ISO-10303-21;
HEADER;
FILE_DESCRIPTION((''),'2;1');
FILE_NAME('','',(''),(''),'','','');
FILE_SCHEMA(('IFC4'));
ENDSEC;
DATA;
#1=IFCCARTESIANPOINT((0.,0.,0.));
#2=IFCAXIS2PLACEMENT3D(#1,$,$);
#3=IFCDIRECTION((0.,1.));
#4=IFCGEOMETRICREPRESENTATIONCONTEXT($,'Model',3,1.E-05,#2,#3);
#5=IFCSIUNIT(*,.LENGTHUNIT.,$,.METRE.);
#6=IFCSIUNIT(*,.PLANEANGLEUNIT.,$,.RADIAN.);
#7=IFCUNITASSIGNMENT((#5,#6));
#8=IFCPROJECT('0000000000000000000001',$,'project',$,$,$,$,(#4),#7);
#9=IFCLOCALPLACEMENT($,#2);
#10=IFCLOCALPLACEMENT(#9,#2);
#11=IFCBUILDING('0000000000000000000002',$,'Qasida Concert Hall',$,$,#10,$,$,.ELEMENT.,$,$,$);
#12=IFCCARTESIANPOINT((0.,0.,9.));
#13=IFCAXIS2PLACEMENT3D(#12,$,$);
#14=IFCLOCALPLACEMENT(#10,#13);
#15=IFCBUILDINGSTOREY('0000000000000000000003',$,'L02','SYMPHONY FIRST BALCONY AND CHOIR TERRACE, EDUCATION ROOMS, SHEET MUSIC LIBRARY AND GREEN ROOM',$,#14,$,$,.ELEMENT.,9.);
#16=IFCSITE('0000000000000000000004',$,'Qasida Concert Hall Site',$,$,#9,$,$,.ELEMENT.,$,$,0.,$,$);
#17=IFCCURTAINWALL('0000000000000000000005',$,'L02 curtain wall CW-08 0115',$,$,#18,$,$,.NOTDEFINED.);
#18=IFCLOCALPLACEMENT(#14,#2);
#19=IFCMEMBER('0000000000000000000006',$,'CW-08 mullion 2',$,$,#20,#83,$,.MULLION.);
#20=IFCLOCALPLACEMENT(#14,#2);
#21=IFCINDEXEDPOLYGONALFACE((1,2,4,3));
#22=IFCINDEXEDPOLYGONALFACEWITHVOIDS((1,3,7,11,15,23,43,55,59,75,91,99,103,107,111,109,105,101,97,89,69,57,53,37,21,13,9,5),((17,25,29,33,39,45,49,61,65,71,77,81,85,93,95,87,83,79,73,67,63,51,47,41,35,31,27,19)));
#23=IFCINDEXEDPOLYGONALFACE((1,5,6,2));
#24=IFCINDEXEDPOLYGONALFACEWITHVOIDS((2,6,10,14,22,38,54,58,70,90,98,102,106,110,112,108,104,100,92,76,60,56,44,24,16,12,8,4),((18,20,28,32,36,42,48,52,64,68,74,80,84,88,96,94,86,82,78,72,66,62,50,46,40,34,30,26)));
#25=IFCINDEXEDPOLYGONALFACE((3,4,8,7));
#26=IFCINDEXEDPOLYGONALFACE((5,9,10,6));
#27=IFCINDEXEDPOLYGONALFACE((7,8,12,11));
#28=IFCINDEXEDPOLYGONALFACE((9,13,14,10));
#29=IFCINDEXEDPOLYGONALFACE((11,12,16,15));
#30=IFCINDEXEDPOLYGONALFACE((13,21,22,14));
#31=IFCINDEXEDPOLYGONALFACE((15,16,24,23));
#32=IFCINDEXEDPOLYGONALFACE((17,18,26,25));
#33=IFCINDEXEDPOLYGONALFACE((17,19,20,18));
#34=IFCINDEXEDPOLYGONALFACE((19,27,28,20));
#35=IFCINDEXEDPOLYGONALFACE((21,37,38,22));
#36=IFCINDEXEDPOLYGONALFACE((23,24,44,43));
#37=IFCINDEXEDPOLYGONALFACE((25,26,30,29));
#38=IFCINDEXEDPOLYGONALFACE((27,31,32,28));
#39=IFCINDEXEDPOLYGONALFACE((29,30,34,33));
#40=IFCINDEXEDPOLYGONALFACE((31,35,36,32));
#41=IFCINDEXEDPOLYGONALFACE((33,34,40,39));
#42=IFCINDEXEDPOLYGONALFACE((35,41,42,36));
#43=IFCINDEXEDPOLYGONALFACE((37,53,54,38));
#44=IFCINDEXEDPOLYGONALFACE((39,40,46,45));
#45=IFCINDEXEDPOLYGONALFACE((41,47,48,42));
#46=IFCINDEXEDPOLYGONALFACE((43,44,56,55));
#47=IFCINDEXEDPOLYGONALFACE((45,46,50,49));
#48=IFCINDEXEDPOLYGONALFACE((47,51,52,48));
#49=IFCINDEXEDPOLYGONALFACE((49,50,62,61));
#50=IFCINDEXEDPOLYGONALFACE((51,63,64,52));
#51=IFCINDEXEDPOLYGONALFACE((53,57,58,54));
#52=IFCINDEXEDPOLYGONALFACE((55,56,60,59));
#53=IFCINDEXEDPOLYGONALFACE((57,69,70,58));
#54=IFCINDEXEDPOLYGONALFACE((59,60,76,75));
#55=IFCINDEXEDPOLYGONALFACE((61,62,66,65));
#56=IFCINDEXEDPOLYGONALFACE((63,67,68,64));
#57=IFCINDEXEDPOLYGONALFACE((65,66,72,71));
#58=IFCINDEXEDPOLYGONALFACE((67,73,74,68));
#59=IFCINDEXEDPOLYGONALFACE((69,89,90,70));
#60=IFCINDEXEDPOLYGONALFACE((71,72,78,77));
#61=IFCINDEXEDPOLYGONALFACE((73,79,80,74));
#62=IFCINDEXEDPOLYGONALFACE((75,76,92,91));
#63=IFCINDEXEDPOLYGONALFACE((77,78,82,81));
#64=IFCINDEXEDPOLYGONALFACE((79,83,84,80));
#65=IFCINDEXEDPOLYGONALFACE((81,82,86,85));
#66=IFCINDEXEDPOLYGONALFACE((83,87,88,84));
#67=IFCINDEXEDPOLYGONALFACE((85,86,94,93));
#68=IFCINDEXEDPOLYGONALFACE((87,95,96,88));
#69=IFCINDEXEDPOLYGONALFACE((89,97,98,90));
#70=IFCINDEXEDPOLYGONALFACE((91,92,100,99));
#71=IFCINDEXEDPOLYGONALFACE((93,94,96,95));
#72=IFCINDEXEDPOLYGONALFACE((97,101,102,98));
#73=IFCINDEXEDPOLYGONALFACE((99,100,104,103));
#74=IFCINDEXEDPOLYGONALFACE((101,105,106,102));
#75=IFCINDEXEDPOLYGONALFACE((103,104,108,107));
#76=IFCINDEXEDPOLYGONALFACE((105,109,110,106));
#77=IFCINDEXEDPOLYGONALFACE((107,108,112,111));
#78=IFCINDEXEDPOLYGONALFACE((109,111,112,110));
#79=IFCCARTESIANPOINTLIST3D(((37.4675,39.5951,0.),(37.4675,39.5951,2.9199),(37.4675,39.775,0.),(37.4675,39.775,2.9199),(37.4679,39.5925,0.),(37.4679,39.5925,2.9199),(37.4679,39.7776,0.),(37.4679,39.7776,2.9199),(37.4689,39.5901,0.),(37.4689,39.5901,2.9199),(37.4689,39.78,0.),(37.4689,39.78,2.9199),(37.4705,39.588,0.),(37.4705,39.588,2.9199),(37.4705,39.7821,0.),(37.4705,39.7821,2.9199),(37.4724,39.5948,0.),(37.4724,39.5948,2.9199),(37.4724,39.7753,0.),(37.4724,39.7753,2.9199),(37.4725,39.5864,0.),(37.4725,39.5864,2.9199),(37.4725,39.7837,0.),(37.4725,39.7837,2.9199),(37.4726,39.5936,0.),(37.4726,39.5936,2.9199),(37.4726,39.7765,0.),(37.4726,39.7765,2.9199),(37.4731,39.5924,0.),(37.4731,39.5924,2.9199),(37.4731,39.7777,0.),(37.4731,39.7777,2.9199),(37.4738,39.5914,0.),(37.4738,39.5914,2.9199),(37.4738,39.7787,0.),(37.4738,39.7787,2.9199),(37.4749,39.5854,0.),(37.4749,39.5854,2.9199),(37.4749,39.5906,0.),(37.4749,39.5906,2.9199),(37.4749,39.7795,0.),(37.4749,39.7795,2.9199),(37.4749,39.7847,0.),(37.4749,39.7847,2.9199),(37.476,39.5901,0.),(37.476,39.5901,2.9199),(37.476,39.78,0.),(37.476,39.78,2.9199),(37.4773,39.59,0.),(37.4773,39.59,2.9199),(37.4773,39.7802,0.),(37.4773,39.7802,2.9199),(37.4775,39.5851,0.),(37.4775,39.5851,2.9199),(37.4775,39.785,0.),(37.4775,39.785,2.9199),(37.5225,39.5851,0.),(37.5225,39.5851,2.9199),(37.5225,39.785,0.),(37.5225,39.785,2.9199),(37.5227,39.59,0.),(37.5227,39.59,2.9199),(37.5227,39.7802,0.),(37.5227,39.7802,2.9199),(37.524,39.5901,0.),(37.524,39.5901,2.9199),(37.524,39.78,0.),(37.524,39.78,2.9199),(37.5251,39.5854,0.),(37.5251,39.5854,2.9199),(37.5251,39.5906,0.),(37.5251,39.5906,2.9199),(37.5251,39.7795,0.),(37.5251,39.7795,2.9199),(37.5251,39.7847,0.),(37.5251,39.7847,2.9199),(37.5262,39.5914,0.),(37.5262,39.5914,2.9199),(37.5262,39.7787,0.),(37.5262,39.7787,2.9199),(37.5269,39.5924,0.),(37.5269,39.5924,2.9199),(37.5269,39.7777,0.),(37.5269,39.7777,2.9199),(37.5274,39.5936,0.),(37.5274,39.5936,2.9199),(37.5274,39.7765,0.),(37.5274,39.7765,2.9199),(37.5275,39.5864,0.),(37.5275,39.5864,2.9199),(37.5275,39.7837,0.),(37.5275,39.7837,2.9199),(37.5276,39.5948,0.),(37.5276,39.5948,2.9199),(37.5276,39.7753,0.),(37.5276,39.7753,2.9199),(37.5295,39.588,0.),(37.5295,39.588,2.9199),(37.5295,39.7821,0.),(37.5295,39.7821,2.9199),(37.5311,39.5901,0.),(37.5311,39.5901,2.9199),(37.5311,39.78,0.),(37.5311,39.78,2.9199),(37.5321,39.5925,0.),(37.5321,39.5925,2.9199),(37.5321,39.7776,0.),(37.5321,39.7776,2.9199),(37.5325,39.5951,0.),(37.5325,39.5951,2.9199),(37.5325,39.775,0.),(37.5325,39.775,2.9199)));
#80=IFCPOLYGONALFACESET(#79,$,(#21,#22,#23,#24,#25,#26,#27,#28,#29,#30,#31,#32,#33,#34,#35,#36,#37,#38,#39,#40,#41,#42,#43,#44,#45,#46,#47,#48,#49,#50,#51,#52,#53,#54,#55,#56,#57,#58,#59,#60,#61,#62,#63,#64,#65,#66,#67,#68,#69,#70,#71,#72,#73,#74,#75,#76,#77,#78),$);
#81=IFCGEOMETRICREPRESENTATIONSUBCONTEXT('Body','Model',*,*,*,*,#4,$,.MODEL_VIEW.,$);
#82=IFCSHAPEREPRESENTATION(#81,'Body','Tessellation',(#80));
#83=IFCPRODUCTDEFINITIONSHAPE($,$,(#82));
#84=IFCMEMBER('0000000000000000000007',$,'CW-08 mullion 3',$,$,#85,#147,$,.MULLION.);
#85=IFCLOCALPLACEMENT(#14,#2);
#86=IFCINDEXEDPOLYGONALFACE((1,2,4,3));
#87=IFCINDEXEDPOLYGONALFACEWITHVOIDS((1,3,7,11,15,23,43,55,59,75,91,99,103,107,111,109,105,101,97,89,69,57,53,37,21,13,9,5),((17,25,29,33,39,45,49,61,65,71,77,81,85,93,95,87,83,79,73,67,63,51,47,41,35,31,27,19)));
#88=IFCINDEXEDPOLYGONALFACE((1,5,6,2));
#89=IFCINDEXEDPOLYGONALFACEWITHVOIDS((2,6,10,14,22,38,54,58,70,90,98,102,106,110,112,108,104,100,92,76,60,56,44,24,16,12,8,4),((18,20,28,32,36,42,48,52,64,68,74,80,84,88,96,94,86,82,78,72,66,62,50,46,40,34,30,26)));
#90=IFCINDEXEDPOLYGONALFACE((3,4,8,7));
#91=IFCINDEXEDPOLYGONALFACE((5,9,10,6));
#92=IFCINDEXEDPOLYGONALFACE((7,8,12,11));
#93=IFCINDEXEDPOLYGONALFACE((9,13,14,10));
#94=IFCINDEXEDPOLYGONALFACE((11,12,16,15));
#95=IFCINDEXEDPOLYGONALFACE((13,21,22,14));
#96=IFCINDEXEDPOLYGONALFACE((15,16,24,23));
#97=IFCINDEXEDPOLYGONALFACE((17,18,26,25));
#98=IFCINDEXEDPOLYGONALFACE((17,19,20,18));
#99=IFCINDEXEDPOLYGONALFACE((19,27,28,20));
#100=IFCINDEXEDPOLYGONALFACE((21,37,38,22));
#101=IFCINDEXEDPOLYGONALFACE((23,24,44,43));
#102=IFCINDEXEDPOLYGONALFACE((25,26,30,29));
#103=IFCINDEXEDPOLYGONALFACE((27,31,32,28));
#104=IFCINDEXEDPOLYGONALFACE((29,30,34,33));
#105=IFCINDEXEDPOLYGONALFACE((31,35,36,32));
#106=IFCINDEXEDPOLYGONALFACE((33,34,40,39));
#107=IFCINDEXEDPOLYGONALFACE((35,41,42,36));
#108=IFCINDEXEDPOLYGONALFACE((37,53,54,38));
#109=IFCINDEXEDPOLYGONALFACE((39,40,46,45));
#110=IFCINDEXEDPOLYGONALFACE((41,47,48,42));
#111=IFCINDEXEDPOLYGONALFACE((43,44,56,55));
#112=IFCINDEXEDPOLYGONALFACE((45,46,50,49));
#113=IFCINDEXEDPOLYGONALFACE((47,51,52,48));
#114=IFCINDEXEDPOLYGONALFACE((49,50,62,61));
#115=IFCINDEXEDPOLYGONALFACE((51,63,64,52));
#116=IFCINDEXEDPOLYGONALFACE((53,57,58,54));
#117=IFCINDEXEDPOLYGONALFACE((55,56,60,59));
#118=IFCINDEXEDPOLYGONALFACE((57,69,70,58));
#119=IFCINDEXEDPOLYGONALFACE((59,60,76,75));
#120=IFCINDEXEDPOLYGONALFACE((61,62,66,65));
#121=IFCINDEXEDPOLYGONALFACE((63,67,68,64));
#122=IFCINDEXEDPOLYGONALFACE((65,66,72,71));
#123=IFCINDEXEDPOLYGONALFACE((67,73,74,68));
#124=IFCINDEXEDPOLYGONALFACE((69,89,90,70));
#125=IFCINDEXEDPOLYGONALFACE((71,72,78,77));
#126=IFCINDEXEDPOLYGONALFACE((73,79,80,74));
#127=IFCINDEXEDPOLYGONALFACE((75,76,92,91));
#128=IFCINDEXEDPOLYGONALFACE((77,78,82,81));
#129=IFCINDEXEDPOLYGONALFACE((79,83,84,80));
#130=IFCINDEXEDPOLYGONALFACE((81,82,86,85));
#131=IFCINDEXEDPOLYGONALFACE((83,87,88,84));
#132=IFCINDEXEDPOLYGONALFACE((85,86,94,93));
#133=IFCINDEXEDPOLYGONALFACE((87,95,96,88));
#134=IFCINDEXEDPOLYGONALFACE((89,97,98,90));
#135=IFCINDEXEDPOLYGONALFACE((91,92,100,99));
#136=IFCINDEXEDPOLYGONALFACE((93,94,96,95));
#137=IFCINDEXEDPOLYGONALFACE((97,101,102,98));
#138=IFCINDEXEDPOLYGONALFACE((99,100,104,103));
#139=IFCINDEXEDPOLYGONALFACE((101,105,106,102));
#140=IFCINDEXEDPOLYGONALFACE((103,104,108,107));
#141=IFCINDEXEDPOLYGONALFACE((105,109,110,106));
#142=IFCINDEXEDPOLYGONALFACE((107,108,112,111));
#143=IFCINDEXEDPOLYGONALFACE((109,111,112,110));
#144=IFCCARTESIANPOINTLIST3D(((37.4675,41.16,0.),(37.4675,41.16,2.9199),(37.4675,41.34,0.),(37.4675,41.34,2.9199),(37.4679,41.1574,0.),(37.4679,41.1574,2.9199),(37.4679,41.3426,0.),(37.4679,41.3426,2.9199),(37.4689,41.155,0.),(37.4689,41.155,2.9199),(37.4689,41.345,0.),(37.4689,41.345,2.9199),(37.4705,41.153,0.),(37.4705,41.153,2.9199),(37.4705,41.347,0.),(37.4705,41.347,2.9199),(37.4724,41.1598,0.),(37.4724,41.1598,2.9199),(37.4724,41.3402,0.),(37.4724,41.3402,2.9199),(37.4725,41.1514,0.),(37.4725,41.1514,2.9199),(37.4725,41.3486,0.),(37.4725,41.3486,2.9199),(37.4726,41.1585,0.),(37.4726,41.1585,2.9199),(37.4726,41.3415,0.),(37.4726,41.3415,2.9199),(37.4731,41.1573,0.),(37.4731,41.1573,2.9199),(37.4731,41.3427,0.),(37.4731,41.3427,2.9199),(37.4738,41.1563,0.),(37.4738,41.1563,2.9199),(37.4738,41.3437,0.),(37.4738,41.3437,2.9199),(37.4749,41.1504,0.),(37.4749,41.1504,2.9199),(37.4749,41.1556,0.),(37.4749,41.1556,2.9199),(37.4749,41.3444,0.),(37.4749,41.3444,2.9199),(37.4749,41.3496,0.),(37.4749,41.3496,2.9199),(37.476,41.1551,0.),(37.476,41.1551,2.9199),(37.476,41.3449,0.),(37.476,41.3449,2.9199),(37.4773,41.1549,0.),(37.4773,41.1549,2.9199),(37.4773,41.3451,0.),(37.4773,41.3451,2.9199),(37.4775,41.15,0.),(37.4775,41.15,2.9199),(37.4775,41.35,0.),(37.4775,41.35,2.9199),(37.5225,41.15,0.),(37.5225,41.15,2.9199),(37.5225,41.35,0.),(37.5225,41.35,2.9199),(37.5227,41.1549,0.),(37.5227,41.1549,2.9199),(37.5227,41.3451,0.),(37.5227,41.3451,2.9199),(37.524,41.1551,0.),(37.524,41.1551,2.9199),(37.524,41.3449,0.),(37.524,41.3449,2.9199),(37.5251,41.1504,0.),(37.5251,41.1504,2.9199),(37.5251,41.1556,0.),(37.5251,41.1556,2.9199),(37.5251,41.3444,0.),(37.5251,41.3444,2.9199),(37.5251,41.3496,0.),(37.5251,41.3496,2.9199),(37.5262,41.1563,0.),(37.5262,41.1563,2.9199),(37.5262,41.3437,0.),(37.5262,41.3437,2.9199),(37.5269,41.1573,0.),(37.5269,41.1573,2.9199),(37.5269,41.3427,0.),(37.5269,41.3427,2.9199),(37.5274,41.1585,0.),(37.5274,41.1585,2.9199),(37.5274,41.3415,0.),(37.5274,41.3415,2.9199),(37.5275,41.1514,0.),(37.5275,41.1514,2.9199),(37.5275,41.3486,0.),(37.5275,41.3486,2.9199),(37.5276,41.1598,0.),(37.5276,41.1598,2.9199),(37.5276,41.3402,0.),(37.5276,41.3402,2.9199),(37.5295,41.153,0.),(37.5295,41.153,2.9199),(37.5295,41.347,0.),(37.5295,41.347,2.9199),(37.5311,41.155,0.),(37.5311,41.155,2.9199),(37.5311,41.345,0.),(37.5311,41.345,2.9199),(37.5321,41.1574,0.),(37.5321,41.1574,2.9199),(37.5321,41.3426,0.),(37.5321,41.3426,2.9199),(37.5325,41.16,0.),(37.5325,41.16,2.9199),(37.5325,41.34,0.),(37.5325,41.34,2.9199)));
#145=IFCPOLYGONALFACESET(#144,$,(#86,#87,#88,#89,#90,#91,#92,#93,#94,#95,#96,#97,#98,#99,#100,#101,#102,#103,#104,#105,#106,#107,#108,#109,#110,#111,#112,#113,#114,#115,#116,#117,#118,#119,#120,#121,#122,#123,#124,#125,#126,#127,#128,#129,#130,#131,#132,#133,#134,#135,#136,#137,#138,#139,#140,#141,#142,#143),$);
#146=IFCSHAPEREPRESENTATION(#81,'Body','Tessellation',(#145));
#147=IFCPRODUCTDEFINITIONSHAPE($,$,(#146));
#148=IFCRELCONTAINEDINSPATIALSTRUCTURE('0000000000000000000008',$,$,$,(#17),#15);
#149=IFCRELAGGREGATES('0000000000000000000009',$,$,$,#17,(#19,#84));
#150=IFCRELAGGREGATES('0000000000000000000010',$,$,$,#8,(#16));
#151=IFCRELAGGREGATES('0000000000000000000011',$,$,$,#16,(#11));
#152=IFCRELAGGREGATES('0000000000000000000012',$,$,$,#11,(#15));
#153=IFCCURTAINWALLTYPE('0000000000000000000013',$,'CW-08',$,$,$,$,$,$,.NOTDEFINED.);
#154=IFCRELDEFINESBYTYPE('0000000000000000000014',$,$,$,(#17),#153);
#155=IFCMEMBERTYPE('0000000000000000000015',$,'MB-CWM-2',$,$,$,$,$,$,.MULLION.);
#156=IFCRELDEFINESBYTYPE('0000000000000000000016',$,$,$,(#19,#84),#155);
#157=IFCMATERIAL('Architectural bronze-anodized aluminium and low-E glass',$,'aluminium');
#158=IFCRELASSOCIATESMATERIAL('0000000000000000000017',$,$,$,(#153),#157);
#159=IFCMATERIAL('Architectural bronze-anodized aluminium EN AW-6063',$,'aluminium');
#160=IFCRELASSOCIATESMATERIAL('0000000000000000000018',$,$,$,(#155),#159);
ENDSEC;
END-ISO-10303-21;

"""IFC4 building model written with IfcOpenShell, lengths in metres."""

from ifc_helpers import new_model, si_unit, direction, frame, origin, origin_2d, place, context, subcontext, project, spatial, hollow_rectangle, extrude, material, material_profile, profile_set, type_object, element, aggregate, save


model = new_model("IFC4")

# Units and contexts
model_context = context("Model", 3, precision=1e-05, world=origin(), true_north=direction((0.0, 1.0)))
body_context = subcontext(model_context, "Body", "Model", "MODEL_VIEW")
ifc_project = project(units=[si_unit("LENGTHUNIT", "METRE"), si_unit("PLANEANGLEUNIT", "RADIAN")], contexts=[model_context])

# Site, building, storey
site_placement = place(None, origin())
site = spatial("IfcSite", under=ifc_project, at=site_placement, Name="Qasida Concert Hall Site", CompositionType="ELEMENT", RefElevation=0.0)
building_placement = place(site_placement, origin())
building = spatial("IfcBuilding", under=site, at=building_placement, Name="Qasida Concert Hall", CompositionType="ELEMENT")
storey_placement = place(building_placement, frame((0.0, 0.0, 9.0)))
storey = spatial("IfcBuildingStorey", under=building, at=storey_placement, Name="L02", Description="SYMPHONY FIRST BALCONY AND CHOIR TERRACE, EDUCATION ROOMS, SHEET MUSIC LIBRARY AND GREEN ROOM", CompositionType="ELEMENT", Elevation=9.0)

# Curtain wall, members
ifc_material_1 = material(Name="Architectural bronze-anodized aluminium and low-E glass", Category="aluminium")
curtain_wall_type = type_object("IfcCurtainWallType", Name="CW-08", PredefinedType="NOTDEFINED", material=ifc_material_1)
curtain_wall_1_placement = place(storey_placement, origin())
curtain_wall_1 = element("IfcCurtainWall", 1, at=curtain_wall_1_placement, inside=storey, type_object=curtain_wall_type, Name="L02 curtain wall CW-08 0115", PredefinedType="NOTDEFINED")
ifc_material_2 = material(Name="Architectural bronze-anodized aluminium EN AW-6063", Category="aluminium")
ifc_material_profile_1 = material_profile(ifc_material_2, hollow_rectangle(XDim=0.0649, YDim=0.2, WallThickness=0.0049, InnerFilletRadius=0.0049, OuterFilletRadius=0.01, at=origin_2d()), Name="CWM 200x65x5")
ifc_profile_set_1 = profile_set([ifc_material_profile_1], Name="Architectural bronze-anodized aluminium EN AW-6063")
member_type_1 = type_object("IfcMemberType", Name="MB-CWM-2", PredefinedType="MULLION", material=ifc_profile_set_1)
member_1_placement = place(storey_placement, frame((37.5, 39.6851, 0.0), z_axis=(0.0, 0.0, 1.0), x_axis=(-1.0, 0.0, 0.0)))
member_1 = element("IfcMember", 2, at=member_1_placement, type_object=member_type_1, Name="CW-08 mullion 2", PredefinedType="MULLION", context=body_context, shape_type="SweptSolid", body=[
    extrude(hollow_rectangle(XDim=0.0649, YDim=0.2, WallThickness=0.0049, InnerFilletRadius=0.0049, OuterFilletRadius=0.01, at=origin_2d()), origin(), (0.0, 0.0, 1.0), 2.9199),
])
member_2_placement = place(storey_placement, frame((37.5, 41.25, 0.0), z_axis=(0.0, 0.0, 1.0), x_axis=(-1.0, 0.0, 0.0)))
member_2 = element("IfcMember", 3, at=member_2_placement, type_object=member_type_1, Name="CW-08 mullion 3", PredefinedType="MULLION", context=body_context, shape_type="SweptSolid", body=[
    extrude(hollow_rectangle(XDim=0.0649, YDim=0.2, WallThickness=0.0049, InnerFilletRadius=0.0049, OuterFilletRadius=0.01, at=origin_2d()), origin(), (0.0, 0.0, 1.0), 2.9199),
])
aggregate(curtain_wall_1, [member_1, member_2])

save(model, "model.ifc")
